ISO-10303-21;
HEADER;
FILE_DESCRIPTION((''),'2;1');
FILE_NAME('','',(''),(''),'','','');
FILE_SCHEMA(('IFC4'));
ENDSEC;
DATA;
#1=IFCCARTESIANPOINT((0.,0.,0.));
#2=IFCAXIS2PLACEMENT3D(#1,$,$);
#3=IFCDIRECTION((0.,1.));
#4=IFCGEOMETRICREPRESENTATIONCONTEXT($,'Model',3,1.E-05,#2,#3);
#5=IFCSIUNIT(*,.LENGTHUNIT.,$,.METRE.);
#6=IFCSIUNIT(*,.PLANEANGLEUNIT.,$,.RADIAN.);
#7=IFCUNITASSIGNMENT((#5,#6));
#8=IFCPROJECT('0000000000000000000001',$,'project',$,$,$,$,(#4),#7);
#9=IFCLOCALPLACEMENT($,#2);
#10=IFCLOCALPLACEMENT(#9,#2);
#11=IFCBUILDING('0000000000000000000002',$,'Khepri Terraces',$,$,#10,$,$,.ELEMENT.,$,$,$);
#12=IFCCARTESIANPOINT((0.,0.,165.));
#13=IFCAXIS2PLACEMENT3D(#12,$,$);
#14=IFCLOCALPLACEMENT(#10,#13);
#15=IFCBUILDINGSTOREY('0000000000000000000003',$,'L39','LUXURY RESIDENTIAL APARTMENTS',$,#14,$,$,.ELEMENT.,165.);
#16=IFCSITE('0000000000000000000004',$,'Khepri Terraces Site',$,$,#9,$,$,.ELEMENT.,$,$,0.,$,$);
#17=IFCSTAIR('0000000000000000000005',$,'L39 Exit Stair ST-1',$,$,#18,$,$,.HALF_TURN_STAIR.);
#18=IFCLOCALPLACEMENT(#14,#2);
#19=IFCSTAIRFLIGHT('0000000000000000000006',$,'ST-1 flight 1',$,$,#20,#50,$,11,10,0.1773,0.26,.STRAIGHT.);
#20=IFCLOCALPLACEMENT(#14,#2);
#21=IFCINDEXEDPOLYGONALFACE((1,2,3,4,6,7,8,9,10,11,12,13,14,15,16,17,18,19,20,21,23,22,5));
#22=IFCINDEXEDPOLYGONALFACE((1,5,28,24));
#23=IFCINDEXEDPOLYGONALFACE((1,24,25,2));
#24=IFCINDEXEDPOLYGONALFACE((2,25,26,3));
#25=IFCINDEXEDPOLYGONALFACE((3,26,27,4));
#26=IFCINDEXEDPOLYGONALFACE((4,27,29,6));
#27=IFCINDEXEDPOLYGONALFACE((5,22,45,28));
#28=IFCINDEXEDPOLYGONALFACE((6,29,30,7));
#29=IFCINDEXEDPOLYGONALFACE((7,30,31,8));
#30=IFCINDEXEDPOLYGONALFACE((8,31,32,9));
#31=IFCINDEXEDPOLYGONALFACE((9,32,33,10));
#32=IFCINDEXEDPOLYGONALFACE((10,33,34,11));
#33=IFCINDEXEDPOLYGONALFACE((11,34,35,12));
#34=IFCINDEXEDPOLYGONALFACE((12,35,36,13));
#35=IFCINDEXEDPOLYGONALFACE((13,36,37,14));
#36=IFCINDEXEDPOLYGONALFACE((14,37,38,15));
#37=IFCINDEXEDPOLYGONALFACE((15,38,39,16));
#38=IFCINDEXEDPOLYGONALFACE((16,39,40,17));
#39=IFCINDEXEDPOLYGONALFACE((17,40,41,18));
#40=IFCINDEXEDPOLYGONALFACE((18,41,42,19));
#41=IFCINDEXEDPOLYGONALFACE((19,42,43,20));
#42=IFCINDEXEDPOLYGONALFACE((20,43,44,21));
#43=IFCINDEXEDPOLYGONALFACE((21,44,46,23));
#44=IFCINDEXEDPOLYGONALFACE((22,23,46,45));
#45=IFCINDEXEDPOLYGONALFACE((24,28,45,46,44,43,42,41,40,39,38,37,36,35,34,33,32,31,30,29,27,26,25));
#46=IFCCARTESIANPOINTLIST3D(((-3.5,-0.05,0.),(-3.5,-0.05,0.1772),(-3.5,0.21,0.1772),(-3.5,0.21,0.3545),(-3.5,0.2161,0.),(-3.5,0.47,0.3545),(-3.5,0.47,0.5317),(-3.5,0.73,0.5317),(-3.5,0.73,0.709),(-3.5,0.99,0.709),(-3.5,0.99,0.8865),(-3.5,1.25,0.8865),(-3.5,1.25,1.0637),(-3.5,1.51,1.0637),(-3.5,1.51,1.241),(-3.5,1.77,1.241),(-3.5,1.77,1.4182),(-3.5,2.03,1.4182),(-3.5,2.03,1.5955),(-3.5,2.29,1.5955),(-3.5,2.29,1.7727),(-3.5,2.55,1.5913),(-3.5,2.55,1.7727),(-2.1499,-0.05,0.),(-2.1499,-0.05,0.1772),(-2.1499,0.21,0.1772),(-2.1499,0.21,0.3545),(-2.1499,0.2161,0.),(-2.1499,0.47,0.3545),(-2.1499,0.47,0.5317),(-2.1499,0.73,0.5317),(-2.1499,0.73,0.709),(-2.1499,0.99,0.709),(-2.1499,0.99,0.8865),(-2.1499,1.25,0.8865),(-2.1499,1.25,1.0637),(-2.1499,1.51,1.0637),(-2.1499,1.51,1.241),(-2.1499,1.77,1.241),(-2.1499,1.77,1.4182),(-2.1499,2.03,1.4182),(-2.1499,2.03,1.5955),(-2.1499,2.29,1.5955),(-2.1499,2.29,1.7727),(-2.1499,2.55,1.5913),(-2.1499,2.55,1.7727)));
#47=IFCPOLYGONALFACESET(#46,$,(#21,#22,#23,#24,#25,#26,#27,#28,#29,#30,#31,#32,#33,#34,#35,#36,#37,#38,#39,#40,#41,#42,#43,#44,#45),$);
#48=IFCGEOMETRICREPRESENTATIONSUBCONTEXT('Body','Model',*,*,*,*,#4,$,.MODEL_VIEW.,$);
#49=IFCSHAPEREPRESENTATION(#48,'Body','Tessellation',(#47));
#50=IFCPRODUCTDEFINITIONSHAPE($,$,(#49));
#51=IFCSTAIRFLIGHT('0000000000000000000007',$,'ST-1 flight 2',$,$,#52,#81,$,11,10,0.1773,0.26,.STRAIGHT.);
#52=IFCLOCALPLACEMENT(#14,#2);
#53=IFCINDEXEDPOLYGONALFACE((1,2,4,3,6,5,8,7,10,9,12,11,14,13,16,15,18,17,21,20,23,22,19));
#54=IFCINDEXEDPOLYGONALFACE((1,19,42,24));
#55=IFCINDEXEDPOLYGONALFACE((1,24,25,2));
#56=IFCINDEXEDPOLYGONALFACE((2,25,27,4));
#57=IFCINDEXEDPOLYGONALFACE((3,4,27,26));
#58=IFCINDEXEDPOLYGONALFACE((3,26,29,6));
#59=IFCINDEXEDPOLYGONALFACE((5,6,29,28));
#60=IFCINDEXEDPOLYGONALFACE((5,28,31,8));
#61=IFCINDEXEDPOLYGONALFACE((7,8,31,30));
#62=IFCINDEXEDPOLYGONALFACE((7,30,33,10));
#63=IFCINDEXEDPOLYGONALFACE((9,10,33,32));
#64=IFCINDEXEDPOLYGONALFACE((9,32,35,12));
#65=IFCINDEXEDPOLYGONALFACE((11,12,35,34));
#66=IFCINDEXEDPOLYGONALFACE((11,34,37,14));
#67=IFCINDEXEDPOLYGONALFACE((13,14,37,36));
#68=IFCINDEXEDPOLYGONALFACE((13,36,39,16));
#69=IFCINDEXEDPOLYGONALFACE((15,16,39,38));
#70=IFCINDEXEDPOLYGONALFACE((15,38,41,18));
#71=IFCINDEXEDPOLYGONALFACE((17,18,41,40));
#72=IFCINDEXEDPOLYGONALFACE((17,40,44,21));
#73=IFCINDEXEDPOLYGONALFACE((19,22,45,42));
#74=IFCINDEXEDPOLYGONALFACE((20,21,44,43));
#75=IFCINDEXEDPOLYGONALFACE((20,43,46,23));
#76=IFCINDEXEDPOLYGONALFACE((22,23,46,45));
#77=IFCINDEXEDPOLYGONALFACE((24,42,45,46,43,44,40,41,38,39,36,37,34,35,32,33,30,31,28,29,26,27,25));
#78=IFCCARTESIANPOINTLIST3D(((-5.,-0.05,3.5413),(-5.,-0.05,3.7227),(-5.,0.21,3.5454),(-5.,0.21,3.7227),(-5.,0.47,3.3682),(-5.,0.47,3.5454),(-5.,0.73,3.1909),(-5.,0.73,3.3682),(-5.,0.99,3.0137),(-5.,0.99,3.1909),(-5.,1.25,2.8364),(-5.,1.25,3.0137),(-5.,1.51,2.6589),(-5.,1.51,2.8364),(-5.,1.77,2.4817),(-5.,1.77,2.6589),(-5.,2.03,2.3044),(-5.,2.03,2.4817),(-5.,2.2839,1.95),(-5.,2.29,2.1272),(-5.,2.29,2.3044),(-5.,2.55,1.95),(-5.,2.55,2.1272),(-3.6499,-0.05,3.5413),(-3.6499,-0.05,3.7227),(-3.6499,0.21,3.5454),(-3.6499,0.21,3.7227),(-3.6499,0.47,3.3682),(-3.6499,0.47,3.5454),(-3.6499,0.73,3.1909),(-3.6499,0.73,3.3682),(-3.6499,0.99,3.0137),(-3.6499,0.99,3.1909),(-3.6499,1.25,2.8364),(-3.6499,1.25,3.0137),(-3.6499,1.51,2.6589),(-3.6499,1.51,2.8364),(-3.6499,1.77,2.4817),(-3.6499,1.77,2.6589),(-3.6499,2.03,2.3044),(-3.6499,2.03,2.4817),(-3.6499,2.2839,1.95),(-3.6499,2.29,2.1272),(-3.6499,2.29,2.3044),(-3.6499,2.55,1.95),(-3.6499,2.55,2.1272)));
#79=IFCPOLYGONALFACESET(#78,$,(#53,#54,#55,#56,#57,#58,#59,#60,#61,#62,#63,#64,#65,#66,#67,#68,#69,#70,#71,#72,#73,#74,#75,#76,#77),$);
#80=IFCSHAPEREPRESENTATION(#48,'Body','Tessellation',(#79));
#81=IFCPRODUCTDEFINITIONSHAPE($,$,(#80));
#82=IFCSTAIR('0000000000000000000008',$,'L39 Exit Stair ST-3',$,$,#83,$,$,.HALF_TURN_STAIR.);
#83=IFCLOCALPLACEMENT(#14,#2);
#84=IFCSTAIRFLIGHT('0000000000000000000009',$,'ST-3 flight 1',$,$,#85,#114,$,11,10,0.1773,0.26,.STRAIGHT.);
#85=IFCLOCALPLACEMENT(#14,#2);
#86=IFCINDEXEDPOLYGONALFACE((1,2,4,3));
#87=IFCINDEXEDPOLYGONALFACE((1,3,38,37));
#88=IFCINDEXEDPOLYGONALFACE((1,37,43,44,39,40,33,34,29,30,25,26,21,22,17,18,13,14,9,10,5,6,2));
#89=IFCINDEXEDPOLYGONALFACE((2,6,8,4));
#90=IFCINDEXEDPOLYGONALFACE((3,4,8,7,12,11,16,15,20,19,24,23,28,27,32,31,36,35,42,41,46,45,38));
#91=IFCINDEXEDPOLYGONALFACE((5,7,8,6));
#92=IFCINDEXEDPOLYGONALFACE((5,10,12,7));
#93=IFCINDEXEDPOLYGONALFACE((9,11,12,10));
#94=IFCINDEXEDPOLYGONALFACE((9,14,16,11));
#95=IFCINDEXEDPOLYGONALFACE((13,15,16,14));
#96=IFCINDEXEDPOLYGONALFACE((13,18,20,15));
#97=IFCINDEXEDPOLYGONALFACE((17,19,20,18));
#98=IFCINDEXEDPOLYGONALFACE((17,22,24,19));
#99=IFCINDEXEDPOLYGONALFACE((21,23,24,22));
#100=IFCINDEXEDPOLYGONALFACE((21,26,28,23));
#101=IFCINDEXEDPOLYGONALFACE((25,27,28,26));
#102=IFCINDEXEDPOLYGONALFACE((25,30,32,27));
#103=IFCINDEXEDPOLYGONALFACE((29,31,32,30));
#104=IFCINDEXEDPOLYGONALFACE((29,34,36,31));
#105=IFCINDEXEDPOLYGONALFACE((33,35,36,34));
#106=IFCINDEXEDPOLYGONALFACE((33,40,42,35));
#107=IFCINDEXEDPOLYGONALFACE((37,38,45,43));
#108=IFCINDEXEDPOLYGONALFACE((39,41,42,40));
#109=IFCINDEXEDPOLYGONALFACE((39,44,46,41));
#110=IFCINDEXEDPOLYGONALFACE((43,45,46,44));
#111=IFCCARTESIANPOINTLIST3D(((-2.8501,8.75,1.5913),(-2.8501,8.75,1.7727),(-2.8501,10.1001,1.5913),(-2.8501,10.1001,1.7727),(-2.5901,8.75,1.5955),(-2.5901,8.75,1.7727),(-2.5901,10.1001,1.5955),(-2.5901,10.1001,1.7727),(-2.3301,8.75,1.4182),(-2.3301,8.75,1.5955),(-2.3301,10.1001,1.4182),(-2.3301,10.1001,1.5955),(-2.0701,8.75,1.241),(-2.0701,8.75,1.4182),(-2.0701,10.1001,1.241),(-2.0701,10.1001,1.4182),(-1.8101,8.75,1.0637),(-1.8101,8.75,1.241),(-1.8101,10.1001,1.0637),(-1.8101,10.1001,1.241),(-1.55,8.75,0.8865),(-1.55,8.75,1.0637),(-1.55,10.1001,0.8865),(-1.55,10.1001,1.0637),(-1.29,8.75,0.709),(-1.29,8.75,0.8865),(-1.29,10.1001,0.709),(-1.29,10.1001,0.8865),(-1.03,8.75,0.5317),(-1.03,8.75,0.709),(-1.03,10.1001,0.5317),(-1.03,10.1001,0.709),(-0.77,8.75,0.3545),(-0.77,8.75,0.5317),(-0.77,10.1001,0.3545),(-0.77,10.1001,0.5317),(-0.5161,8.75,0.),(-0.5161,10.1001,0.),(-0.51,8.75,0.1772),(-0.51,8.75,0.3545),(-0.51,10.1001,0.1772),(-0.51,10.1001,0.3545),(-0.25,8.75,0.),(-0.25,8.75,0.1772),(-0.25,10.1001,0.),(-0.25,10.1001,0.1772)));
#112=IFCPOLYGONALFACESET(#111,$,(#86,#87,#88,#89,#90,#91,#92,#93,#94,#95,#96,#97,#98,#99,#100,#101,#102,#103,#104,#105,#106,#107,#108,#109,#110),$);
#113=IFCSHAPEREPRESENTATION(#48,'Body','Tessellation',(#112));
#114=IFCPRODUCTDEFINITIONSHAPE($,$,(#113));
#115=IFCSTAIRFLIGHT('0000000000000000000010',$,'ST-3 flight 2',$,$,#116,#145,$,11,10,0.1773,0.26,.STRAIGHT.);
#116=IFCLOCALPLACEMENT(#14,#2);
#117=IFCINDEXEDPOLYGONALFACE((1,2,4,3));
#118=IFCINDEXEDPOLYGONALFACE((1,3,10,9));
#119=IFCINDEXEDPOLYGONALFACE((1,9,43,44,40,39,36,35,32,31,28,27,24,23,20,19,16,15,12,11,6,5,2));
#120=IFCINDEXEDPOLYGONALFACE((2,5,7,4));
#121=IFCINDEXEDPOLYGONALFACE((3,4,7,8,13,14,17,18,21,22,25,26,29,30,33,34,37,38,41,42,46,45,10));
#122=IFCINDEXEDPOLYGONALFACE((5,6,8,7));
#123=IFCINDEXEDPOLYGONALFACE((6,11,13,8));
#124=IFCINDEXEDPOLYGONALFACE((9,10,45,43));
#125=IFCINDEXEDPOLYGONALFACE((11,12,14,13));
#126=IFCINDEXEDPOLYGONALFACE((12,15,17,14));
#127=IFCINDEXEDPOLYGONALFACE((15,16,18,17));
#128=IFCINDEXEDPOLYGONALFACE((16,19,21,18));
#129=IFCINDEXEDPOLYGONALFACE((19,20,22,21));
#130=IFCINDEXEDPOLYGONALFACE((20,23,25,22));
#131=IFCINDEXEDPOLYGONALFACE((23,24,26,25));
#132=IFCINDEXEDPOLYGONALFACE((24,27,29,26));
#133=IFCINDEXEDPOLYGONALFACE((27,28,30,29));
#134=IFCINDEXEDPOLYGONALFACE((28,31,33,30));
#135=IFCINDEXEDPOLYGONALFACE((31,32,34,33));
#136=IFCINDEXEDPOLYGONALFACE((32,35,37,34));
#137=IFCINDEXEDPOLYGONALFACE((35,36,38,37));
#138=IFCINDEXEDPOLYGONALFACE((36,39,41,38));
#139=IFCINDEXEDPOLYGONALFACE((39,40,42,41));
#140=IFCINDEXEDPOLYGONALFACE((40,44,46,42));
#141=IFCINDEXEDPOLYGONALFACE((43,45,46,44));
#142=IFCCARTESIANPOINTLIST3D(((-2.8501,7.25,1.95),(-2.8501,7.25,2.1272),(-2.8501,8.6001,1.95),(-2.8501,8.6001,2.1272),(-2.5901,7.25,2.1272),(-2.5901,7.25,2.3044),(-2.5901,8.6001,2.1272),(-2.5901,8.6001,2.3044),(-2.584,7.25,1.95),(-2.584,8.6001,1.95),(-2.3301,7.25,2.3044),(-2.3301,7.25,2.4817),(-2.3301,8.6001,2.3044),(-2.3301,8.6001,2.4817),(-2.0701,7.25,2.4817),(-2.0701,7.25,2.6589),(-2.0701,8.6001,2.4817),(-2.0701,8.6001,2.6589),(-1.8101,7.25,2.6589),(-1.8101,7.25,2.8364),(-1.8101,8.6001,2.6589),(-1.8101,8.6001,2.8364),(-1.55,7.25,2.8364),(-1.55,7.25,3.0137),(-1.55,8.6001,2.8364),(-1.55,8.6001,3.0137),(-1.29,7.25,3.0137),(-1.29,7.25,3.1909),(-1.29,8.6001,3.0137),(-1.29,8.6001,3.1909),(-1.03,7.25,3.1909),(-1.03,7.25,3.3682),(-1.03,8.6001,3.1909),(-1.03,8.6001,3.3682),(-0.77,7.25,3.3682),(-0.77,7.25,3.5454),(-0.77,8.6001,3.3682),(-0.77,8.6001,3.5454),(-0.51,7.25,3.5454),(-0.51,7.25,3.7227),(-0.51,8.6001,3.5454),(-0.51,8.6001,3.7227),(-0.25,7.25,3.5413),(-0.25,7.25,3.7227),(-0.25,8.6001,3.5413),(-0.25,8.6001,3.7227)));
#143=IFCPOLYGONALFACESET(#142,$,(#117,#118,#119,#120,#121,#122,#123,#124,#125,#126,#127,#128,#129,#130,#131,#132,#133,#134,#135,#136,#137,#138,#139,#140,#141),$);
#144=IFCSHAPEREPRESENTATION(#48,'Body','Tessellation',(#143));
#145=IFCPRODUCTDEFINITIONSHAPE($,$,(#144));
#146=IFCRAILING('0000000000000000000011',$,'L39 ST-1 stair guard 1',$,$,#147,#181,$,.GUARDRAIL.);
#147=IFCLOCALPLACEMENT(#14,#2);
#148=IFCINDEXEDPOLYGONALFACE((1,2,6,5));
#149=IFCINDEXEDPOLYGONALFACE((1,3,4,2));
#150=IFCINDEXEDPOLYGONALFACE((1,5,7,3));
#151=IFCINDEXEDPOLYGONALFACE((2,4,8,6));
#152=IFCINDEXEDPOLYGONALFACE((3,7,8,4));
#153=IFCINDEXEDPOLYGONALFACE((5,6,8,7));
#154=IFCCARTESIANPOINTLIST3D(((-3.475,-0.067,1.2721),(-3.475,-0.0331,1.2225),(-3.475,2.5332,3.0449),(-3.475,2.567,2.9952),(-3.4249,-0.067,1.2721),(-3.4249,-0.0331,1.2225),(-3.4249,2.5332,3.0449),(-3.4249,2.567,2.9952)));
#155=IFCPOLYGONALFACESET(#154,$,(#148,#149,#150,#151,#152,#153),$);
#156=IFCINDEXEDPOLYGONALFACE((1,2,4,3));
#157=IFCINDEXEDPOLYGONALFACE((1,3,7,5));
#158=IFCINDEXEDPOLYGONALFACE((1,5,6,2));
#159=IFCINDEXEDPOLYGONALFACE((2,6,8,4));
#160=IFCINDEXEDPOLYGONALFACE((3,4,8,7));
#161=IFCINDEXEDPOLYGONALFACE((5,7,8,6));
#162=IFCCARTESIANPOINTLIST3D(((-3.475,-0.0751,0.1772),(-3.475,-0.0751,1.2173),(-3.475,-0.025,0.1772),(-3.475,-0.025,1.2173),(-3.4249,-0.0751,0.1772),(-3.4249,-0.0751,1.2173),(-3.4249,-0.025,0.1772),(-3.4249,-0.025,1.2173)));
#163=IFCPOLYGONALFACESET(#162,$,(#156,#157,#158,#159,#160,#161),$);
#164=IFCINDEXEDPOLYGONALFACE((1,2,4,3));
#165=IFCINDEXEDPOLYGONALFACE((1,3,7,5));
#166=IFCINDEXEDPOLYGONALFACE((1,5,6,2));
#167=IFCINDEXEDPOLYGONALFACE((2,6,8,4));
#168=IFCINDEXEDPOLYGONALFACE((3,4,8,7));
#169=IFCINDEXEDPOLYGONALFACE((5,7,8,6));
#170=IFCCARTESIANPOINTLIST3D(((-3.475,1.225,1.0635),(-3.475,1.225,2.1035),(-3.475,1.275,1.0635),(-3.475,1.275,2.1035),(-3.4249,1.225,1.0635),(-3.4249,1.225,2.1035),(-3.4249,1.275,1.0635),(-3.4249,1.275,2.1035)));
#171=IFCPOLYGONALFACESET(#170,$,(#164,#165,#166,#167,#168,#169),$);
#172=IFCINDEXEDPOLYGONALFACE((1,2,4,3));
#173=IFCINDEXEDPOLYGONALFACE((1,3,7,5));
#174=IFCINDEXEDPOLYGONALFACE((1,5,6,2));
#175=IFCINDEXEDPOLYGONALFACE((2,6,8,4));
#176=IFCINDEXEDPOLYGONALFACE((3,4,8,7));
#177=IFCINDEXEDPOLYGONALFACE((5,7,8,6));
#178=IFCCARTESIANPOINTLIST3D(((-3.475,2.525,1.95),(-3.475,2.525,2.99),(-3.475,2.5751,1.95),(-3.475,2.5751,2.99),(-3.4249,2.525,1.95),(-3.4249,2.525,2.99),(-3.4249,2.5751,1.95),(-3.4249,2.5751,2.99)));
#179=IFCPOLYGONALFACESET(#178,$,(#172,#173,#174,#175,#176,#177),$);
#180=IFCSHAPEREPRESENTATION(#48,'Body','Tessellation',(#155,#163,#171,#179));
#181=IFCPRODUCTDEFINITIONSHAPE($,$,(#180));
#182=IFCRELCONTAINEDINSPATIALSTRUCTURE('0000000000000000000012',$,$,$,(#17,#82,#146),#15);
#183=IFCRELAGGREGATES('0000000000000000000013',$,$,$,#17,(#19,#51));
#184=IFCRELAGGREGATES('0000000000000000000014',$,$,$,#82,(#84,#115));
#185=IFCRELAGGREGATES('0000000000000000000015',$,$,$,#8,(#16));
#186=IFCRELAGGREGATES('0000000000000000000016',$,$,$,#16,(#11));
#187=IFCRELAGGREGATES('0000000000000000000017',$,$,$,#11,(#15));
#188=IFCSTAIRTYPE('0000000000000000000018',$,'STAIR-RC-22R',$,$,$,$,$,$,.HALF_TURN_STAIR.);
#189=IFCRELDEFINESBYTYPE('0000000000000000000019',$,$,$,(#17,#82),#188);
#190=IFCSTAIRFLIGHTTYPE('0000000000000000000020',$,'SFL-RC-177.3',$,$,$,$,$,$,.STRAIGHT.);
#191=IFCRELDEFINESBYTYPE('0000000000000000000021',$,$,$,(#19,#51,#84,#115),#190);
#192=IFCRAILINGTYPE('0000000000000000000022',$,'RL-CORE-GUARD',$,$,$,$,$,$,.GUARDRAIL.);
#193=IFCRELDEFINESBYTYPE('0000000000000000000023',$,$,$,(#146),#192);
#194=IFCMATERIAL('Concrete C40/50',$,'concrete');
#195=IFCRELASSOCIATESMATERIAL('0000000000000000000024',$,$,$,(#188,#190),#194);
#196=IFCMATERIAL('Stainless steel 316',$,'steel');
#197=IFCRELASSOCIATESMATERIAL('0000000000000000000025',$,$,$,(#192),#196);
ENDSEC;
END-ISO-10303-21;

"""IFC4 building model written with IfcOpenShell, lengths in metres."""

from ifc_helpers import new_model, si_unit, direction, frame, origin, origin_2d, place, context, subcontext, project, spatial, polyline, rectangle, outline, extrude, material, type_object, element, aggregate, save


model = new_model("IFC4")

# Units and contexts
model_context = context("Model", 3, precision=1e-05, world=origin(), true_north=direction((0.0, 1.0)))
body_context = subcontext(model_context, "Body", "Model", "MODEL_VIEW")
ifc_project = project(units=[si_unit("LENGTHUNIT", "METRE"), si_unit("PLANEANGLEUNIT", "RADIAN")], contexts=[model_context])

# Site, building, storey
site_placement = place(None, origin())
site = spatial("IfcSite", under=ifc_project, at=site_placement, Name="Khepri Terraces Site", CompositionType="ELEMENT", RefElevation=0.0)
building_placement = place(site_placement, origin())
building = spatial("IfcBuilding", under=site, at=building_placement, Name="Khepri Terraces", CompositionType="ELEMENT")
storey_placement = place(building_placement, frame((0.0, 0.0, 165.0)))
storey = spatial("IfcBuildingStorey", under=building, at=storey_placement, Name="L39", Description="LUXURY RESIDENTIAL APARTMENTS", CompositionType="ELEMENT", Elevation=165.0)

# Shared definitions
ifc_material_1 = material(Name="Concrete C40/50", Category="concrete")

# Stairs, stair flights
stair_type = type_object("IfcStairType", Name="STAIR-RC-22R", PredefinedType="HALF_TURN_STAIR", material=ifc_material_1)
stair_1_placement = place(storey_placement, origin())
stair_1 = element("IfcStair", 1, at=stair_1_placement, inside=storey, type_object=stair_type, Name="L39 Exit Stair ST-1", PredefinedType="HALF_TURN_STAIR")
stair_flight_type = type_object("IfcStairFlightType", Name="SFL-RC-177.3", PredefinedType="STRAIGHT", material=ifc_material_1)
stair_flight_1_placement = place(storey_placement, frame((-2.825, -0.05, 0.0), z_axis=(0.0, 0.0, 1.0), x_axis=(0.0, 1.0, 0.0)))
stair_flight_1 = element("IfcStairFlight", 2, at=stair_flight_1_placement, type_object=stair_flight_type, Name="ST-1 flight 1", NumberOfRisers=11, NumberOfTreads=10, PredefinedType="STRAIGHT", RiserHeight=0.1773, TreadLength=0.26, context=body_context, shape_type="SweptSolid", body=[
    extrude(outline(polyline([(0.0, 0.0), (0.0, 0.1772), (0.26, 0.1772), (0.26, 0.3545), (0.52, 0.3545), (0.52, 0.5317), (0.78, 0.5317), (0.78, 0.709), (1.04, 0.709), (1.04, 0.8865), (1.3, 0.8865), (1.3, 1.0637), (1.5601, 1.0637), (1.5601, 1.241), (1.8201, 1.241), (1.8201, 1.4182), (2.0801, 1.4182), (2.0801, 1.5955), (2.3401, 1.5955), (2.3401, 1.7727), (2.6001, 1.7727), (2.6001, 1.95), (2.6001, 1.5913), (0.2661, 0.0), (0.0, 0.0)])), frame((0.0, 0.675, 0.0), z_axis=(0.0, -1.0, 0.0), x_axis=(1.0, 0.0, 0.0)), (0.0, 0.0, 1.0), 1.3501),
])
stair_flight_2_placement = place(storey_placement, frame((-4.325, 2.55, 1.95), z_axis=(0.0, 0.0, 1.0), x_axis=(0.0, -1.0, 0.0)))
stair_flight_2 = element("IfcStairFlight", 3, at=stair_flight_2_placement, type_object=stair_flight_type, Name="ST-1 flight 2", NumberOfRisers=11, NumberOfTreads=10, PredefinedType="STRAIGHT", RiserHeight=0.1773, TreadLength=0.26, context=body_context, shape_type="SweptSolid", body=[
    extrude(outline(polyline([(0.0, 0.0), (0.0, 0.1772), (0.26, 0.1772), (0.26, 0.3545), (0.52, 0.3545), (0.52, 0.5317), (0.78, 0.5317), (0.78, 0.709), (1.04, 0.709), (1.04, 0.8865), (1.3, 0.8865), (1.3, 1.0637), (1.5601, 1.0637), (1.5601, 1.241), (1.8201, 1.241), (1.8201, 1.4182), (2.0801, 1.4182), (2.0801, 1.5955), (2.3401, 1.5955), (2.3401, 1.7727), (2.6001, 1.7727), (2.6001, 1.95), (2.6001, 1.5913), (0.2661, 0.0), (0.0, 0.0)])), frame((0.0, 0.675, 0.0), z_axis=(0.0, -1.0, 0.0), x_axis=(1.0, 0.0, 0.0)), (0.0, 0.0, 1.0), 1.3501),
])
aggregate(stair_1, [stair_flight_1, stair_flight_2])
stair_2_placement = place(storey_placement, origin())
stair_2 = element("IfcStair", 4, at=stair_2_placement, inside=storey, type_object=stair_type, Name="L39 Exit Stair ST-3", PredefinedType="HALF_TURN_STAIR")
stair_flight_3_placement = place(storey_placement, frame((-0.25, 9.425, 0.0), z_axis=(0.0, 0.0, 1.0), x_axis=(-1.0, 0.0, 0.0)))
stair_flight_3 = element("IfcStairFlight", 5, at=stair_flight_3_placement, type_object=stair_flight_type, Name="ST-3 flight 1", NumberOfRisers=11, NumberOfTreads=10, PredefinedType="STRAIGHT", RiserHeight=0.1773, TreadLength=0.26, context=body_context, shape_type="SweptSolid", body=[
    extrude(outline(polyline([(0.0, 0.0), (0.0, 0.1772), (0.26, 0.1772), (0.26, 0.3545), (0.52, 0.3545), (0.52, 0.5317), (0.78, 0.5317), (0.78, 0.709), (1.04, 0.709), (1.04, 0.8865), (1.3, 0.8865), (1.3, 1.0637), (1.5601, 1.0637), (1.5601, 1.241), (1.8201, 1.241), (1.8201, 1.4182), (2.0801, 1.4182), (2.0801, 1.5955), (2.3401, 1.5955), (2.3401, 1.7727), (2.6001, 1.7727), (2.6001, 1.95), (2.6001, 1.5913), (0.2661, 0.0), (0.0, 0.0)])), frame((0.0, 0.675, 0.0), z_axis=(0.0, -1.0, 0.0), x_axis=(1.0, 0.0, 0.0)), (0.0, 0.0, 1.0), 1.3501),
])
stair_flight_4_placement = place(storey_placement, frame((-2.8501, 7.925, 1.95), z_axis=(0.0, 0.0, 1.0), x_axis=(1.0, 0.0, 0.0)))
stair_flight_4 = element("IfcStairFlight", 6, at=stair_flight_4_placement, type_object=stair_flight_type, Name="ST-3 flight 2", NumberOfRisers=11, NumberOfTreads=10, PredefinedType="STRAIGHT", RiserHeight=0.1773, TreadLength=0.26, context=body_context, shape_type="SweptSolid", body=[
    extrude(outline(polyline([(0.0, 0.0), (0.0, 0.1772), (0.26, 0.1772), (0.26, 0.3545), (0.52, 0.3545), (0.52, 0.5317), (0.78, 0.5317), (0.78, 0.709), (1.04, 0.709), (1.04, 0.8865), (1.3, 0.8865), (1.3, 1.0637), (1.5601, 1.0637), (1.5601, 1.241), (1.8201, 1.241), (1.8201, 1.4182), (2.0801, 1.4182), (2.0801, 1.5955), (2.3401, 1.5955), (2.3401, 1.7727), (2.6001, 1.7727), (2.6001, 1.95), (2.6001, 1.5913), (0.2661, 0.0), (0.0, 0.0)])), frame((0.0, 0.675, 0.0), z_axis=(0.0, -1.0, 0.0), x_axis=(1.0, 0.0, 0.0)), (0.0, 0.0, 1.0), 1.3501),
])
aggregate(stair_2, [stair_flight_3, stair_flight_4])

# Railing
ifc_material_2 = material(Name="Stainless steel 316", Category="steel")
railing_type_1 = type_object("IfcRailingType", Name="RL-CORE-GUARD", PredefinedType="GUARDRAIL", material=ifc_material_2)
railing_1_placement = place(storey_placement, frame((-3.45, -0.05, 0.1772)))
element("IfcRailing", 7, at=railing_1_placement, inside=storey, type_object=railing_type_1, Name="L39 ST-1 stair guard 1", PredefinedType="GUARDRAIL", context=body_context, shape_type="SweptSolid", body=[
    extrude(rectangle(XDim=0.05, YDim=0.0601, at=origin_2d()), frame((0.0, 0.0, 1.0701), z_axis=(0.0, 0.82624, 0.563318), x_axis=(-1.0, 0.0, 0.0)), (0.0, 0.0, 1.0), 3.147),
    extrude(rectangle(XDim=0.05, YDim=0.05, at=origin_2d()), origin(), (0.0, 0.0, 1.0), 1.04),
    extrude(rectangle(XDim=0.05, YDim=0.05, at=origin_2d()), frame((0.0, 1.3, 0.8862)), (0.0, 0.0, 1.0), 1.04),
    extrude(rectangle(XDim=0.05, YDim=0.05, at=origin_2d()), frame((0.0, 2.6001, 1.7727)), (0.0, 0.0, 1.0), 1.04),
])

save(model, "model.ifc")
